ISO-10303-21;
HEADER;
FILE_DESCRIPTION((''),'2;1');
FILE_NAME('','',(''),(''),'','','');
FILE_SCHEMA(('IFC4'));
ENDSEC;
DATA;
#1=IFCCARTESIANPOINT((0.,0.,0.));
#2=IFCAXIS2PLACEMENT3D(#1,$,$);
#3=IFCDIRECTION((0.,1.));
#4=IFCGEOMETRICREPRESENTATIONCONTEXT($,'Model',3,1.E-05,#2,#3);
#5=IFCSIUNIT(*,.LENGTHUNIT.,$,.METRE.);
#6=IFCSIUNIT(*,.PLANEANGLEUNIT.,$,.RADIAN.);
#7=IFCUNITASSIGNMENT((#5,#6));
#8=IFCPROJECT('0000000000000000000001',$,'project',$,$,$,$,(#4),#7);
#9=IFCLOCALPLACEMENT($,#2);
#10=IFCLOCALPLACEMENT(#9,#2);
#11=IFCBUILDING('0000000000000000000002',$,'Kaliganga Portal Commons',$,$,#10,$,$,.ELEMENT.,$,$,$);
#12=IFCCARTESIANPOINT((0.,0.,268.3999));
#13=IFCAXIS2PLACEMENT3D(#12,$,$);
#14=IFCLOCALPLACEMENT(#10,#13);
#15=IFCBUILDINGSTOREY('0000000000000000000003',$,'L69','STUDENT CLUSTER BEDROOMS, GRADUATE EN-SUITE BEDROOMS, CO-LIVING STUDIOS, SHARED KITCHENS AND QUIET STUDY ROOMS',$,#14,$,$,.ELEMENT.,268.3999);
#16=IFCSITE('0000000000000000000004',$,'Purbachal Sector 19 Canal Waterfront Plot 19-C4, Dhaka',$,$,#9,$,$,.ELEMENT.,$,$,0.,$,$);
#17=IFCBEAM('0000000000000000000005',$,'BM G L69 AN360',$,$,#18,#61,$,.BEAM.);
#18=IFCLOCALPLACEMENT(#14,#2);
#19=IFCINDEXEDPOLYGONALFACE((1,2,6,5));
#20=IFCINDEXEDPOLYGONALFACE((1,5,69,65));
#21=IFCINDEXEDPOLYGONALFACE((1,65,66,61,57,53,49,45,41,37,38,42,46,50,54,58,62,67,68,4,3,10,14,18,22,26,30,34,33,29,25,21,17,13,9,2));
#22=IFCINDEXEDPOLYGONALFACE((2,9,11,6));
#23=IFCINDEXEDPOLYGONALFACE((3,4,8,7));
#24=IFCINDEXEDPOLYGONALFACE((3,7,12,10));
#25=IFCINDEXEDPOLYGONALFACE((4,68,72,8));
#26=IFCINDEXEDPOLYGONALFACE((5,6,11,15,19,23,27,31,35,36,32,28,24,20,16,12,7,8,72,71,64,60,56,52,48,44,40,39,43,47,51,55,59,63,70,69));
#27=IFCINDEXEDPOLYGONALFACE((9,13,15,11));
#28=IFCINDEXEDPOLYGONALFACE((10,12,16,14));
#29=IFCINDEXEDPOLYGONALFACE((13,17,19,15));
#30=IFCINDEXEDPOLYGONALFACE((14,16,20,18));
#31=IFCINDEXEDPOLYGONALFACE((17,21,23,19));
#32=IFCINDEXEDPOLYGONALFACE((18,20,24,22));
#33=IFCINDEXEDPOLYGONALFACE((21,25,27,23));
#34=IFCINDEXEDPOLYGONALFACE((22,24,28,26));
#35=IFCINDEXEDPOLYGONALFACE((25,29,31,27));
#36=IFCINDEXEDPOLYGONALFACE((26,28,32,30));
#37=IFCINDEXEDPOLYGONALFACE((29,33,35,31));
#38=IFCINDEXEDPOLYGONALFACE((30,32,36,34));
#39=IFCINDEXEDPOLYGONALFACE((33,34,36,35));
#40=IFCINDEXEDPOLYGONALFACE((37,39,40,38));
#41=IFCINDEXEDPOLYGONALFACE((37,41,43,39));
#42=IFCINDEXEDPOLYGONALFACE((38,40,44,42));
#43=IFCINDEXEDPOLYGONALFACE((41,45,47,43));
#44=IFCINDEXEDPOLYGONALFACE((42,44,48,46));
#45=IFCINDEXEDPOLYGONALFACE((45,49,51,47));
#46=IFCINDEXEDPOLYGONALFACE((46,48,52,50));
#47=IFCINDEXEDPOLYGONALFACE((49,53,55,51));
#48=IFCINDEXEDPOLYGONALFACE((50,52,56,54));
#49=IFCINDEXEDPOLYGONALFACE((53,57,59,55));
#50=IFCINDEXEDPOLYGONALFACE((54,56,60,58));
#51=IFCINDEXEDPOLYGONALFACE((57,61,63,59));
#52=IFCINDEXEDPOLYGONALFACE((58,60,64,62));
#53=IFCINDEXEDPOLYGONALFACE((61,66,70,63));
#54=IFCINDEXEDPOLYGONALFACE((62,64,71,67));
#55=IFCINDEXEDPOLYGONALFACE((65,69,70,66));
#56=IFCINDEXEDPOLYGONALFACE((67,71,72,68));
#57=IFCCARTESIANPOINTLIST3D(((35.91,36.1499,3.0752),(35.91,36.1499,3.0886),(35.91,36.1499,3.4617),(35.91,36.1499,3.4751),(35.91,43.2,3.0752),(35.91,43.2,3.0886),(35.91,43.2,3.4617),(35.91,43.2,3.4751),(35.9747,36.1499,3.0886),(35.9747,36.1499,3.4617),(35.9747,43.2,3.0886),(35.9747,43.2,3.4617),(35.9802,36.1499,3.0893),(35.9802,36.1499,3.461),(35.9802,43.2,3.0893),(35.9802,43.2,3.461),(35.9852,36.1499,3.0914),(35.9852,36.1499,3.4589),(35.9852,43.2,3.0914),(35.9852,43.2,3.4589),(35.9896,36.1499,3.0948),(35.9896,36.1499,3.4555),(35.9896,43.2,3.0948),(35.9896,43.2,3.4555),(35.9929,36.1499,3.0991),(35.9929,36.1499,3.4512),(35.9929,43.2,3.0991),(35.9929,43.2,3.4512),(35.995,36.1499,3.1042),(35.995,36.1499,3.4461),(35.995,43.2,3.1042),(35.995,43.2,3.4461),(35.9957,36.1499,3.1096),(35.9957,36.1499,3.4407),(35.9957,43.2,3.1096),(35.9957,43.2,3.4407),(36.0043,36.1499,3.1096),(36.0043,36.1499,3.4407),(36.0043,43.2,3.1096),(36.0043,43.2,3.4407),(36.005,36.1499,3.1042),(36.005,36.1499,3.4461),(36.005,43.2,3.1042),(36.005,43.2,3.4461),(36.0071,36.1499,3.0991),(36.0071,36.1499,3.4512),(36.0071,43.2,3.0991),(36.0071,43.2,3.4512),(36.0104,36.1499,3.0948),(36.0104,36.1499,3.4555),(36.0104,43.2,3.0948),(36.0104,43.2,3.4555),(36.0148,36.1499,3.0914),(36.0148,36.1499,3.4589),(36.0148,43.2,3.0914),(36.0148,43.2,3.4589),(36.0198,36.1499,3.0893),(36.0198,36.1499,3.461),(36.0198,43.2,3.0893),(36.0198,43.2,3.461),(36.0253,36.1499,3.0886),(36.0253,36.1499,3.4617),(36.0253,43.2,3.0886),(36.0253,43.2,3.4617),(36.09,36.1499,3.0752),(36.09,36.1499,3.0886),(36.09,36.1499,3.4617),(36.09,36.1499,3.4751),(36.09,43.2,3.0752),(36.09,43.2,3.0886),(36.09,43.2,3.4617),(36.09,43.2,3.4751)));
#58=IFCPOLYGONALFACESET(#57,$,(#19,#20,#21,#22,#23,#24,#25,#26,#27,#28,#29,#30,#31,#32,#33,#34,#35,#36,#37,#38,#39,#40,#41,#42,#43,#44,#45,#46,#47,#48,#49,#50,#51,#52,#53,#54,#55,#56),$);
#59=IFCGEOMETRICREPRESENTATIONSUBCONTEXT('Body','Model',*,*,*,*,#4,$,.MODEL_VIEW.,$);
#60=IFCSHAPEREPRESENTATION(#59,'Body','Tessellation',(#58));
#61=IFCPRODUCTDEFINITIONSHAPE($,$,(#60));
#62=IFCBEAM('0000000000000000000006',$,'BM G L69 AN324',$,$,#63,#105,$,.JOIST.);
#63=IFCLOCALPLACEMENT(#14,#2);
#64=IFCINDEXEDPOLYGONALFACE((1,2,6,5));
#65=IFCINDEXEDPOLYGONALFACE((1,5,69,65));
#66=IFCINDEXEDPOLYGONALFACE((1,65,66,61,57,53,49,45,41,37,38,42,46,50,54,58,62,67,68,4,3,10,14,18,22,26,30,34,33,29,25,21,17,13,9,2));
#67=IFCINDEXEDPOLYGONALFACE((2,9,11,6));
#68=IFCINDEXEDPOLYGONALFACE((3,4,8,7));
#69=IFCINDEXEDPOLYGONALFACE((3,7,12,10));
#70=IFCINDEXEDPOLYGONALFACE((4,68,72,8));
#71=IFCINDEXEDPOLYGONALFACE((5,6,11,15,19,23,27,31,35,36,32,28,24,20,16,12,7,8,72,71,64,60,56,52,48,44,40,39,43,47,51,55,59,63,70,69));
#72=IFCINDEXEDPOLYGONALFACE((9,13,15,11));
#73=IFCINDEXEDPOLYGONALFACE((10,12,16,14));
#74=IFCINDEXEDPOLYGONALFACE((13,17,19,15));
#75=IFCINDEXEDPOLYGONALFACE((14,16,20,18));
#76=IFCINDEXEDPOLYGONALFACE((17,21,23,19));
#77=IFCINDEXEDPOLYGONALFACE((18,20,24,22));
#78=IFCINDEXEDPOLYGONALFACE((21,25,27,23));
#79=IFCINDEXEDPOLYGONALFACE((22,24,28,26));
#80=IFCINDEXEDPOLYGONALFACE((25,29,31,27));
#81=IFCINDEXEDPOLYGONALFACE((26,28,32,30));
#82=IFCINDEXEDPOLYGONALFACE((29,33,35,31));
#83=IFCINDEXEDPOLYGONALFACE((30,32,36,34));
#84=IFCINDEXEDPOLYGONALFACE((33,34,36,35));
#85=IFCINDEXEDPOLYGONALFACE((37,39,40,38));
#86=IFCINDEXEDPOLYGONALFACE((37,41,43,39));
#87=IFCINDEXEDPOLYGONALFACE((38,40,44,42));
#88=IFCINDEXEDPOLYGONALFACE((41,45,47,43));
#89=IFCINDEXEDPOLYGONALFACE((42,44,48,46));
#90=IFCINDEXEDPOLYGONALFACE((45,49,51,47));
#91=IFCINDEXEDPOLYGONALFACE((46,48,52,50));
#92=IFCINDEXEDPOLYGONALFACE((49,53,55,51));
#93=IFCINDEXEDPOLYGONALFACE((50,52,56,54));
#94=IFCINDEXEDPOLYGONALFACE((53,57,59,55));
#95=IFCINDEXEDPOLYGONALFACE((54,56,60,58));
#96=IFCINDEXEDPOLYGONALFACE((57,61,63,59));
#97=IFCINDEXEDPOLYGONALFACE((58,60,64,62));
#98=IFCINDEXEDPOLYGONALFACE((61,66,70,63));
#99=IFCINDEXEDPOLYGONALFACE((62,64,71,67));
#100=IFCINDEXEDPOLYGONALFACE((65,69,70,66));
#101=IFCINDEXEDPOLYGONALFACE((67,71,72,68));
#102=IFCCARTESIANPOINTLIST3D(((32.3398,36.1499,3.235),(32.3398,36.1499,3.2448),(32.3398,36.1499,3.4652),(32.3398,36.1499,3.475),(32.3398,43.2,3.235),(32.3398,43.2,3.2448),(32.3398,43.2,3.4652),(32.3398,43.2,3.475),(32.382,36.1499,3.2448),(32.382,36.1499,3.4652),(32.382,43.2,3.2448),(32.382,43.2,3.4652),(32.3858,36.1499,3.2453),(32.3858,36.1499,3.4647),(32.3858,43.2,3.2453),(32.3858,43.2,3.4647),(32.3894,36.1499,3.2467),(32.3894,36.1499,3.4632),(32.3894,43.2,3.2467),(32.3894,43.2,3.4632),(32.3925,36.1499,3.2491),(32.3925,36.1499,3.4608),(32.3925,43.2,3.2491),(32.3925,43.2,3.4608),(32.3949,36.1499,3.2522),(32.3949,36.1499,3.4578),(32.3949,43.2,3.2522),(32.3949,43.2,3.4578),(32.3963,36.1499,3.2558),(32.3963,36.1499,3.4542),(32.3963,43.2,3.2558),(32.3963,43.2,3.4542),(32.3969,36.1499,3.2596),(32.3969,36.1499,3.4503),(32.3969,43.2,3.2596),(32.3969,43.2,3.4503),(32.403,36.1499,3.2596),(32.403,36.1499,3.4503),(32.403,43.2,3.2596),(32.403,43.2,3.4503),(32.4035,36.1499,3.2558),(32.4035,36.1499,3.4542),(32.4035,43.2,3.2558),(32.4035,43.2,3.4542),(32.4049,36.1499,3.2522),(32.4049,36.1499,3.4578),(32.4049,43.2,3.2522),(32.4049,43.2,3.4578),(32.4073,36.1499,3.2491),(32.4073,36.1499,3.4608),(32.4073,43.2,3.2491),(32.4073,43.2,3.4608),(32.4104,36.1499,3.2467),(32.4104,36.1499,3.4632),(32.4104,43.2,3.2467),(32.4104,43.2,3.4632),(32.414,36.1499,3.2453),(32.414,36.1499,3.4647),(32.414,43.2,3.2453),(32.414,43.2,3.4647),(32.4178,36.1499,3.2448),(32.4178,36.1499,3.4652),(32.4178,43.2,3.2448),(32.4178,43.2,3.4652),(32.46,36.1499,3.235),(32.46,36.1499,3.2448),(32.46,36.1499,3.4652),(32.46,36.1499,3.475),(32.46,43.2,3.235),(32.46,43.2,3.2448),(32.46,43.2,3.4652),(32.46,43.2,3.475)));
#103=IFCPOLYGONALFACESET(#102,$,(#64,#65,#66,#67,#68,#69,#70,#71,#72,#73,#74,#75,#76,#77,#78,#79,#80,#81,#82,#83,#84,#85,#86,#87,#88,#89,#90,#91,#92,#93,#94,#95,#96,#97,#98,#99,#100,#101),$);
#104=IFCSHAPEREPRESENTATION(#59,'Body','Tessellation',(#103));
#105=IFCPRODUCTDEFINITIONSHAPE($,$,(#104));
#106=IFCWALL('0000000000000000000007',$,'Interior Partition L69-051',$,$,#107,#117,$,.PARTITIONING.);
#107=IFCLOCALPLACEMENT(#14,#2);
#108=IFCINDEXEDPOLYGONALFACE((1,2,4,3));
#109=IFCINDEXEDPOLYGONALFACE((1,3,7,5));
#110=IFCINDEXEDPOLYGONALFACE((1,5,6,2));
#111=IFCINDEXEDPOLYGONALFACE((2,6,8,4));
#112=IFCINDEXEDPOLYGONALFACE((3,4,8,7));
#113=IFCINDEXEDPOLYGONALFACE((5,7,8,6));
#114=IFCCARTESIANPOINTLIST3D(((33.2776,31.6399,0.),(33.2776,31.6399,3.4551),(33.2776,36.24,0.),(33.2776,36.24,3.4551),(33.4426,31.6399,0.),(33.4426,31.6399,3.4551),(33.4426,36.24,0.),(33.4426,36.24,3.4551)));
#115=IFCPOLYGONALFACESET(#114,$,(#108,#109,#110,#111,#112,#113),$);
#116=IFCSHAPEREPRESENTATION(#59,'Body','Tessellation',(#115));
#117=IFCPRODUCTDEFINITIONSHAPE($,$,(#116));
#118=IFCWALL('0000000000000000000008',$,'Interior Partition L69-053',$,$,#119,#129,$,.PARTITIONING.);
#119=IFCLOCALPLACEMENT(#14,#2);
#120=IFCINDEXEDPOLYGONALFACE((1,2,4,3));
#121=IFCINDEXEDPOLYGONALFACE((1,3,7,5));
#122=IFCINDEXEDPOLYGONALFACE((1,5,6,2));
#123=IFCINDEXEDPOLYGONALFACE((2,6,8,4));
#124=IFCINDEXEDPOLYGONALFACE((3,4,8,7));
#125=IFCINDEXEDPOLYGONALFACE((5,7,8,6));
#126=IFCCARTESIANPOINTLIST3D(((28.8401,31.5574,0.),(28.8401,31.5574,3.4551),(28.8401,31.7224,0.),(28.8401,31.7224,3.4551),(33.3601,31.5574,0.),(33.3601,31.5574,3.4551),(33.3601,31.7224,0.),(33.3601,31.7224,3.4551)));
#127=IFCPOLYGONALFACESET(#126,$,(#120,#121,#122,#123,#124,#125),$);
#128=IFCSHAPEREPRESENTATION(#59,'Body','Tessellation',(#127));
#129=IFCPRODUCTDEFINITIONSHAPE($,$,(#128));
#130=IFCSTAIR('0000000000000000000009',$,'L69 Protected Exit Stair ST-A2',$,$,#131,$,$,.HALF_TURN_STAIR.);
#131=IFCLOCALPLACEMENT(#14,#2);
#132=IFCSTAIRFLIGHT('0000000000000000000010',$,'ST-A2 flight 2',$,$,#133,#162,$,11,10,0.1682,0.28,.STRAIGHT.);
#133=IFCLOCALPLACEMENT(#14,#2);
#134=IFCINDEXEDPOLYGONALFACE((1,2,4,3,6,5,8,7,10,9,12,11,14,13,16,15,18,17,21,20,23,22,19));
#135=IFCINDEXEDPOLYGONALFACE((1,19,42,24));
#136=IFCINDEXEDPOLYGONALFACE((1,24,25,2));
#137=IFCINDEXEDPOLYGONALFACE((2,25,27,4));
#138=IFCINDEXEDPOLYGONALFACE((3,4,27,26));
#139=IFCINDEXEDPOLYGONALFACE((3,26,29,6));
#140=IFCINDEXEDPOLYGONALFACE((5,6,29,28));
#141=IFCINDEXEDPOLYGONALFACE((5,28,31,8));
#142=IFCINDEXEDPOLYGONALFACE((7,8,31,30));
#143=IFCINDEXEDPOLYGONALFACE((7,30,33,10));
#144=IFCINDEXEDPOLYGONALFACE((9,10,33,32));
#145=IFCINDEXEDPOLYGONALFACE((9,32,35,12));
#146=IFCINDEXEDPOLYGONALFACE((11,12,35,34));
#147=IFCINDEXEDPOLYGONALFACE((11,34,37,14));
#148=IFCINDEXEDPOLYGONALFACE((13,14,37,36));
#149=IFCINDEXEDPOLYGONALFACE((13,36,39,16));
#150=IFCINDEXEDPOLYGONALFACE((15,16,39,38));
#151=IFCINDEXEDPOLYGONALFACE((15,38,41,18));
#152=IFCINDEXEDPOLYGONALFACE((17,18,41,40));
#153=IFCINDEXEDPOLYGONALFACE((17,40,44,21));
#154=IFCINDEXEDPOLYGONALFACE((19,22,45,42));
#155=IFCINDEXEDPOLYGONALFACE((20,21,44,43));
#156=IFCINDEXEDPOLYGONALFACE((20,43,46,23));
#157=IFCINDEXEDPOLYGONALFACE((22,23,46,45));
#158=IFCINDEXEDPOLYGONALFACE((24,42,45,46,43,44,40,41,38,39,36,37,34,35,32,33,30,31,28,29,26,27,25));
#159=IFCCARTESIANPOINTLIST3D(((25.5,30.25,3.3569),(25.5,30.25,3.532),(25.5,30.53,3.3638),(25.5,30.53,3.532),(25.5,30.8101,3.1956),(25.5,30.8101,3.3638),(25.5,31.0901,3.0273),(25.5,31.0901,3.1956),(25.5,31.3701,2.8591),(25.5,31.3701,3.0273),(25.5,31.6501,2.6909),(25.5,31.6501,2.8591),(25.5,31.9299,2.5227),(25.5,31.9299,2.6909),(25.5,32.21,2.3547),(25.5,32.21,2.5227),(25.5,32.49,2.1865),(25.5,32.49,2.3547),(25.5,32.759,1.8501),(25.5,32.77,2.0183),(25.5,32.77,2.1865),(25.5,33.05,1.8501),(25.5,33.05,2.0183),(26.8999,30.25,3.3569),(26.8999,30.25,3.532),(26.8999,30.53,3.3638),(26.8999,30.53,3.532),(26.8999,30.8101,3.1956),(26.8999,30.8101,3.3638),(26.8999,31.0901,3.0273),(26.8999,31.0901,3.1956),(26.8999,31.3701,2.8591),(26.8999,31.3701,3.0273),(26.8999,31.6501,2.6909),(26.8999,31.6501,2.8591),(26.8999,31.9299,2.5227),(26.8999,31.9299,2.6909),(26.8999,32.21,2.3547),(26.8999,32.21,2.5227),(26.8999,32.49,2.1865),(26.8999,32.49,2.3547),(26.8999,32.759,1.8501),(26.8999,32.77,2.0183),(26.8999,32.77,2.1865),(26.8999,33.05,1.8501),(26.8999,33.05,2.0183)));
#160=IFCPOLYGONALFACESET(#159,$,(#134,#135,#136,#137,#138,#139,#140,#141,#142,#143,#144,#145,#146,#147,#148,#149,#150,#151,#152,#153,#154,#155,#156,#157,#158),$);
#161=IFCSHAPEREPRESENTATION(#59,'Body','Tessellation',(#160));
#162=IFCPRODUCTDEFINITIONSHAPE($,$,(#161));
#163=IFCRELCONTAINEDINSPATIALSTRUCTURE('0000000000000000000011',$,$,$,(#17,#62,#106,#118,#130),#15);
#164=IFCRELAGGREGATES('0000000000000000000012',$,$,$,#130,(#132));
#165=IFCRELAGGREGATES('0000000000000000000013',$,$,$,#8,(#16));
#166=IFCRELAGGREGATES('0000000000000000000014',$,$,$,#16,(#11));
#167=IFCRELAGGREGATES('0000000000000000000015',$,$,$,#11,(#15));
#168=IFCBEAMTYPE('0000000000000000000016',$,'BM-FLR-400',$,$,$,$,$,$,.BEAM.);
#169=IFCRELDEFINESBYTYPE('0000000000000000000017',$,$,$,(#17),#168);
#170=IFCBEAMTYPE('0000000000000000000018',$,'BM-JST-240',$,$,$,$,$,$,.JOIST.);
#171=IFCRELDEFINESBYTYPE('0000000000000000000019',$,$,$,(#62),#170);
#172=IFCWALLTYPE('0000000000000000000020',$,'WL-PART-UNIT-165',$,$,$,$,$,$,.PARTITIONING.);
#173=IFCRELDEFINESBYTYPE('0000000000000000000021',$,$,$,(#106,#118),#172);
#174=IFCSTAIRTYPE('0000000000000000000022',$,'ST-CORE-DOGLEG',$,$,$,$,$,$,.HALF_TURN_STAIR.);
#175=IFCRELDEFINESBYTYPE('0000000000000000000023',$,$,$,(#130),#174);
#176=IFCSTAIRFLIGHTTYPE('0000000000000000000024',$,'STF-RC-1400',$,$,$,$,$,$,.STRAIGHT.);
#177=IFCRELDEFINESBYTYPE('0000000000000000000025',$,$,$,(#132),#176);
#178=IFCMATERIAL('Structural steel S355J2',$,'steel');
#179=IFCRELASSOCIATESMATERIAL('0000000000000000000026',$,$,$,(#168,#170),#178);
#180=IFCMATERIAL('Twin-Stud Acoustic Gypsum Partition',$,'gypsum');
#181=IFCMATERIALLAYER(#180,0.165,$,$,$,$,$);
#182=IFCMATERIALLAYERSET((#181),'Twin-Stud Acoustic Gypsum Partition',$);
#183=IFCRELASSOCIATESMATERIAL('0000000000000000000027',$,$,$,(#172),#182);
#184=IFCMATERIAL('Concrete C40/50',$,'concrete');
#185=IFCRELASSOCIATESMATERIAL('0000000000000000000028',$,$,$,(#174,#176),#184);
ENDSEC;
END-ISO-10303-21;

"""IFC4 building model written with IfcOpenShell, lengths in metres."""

from ifc_helpers import new_model, si_unit, direction, frame, frame_2d, origin, origin_2d, place, context, subcontext, project, spatial, polyline, rectangle, i_section, outline, extrude, source, transform, mapped, material, layer, layer_set, material_profile, profile_set, type_object, element, aggregate, save


model = new_model("IFC4")

# Units and contexts
model_context = context("Model", 3, precision=1e-05, world=origin(), true_north=direction((0.0, 1.0)))
body_context = subcontext(model_context, "Body", "Model", "MODEL_VIEW")
ifc_project = project(units=[si_unit("LENGTHUNIT", "METRE"), si_unit("PLANEANGLEUNIT", "RADIAN")], contexts=[model_context])

# Site, building, storey
site_placement = place(None, origin())
site = spatial("IfcSite", under=ifc_project, at=site_placement, Name="Purbachal Sector 19 Canal Waterfront Plot 19-C4, Dhaka", CompositionType="ELEMENT", RefElevation=0.0)
building_placement = place(site_placement, origin())
building = spatial("IfcBuilding", under=site, at=building_placement, Name="Kaliganga Portal Commons", CompositionType="ELEMENT")
storey_placement = place(building_placement, frame((0.0, 0.0, 268.3999)))
storey = spatial("IfcBuildingStorey", under=building, at=storey_placement, Name="L69", Description="STUDENT CLUSTER BEDROOMS, GRADUATE EN-SUITE BEDROOMS, CO-LIVING STUDIOS, SHARED KITCHENS AND QUIET STUDY ROOMS", CompositionType="ELEMENT", Elevation=268.3999)

# Beams
ifc_material_1 = material(Name="Structural steel S355J2", Category="steel")
ifc_material_profile_1 = material_profile(ifc_material_1, i_section(OverallWidth=0.1799, OverallDepth=0.3999, WebThickness=0.0085, FlangeThickness=0.0134, FilletRadius=0.021, at=origin_2d()), Name="IPE 400")
ifc_profile_set_1 = profile_set([ifc_material_profile_1], Name="Structural steel S355J2 wide-flange")
beam_type_1 = type_object("IfcBeamType", Name="BM-FLR-400", PredefinedType="BEAM", material=ifc_profile_set_1)
shared_shape_1 = source(origin(), body_context, "Body", "SweptSolid", [
    extrude(i_section(OverallWidth=0.1799, OverallDepth=0.3999, WebThickness=0.0085, FlangeThickness=0.0134, FilletRadius=0.021, at=origin_2d()), origin(), (0.0, 0.0, 1.0), 7.05),
])
for number, where, z_axis, x_axis, name in (
    (1, (36.0, 36.1499, 3.2751), (0.0, 1.0, 0.0), (-1.0, 0.0, 0.0), "BM G L69 AN360"),
):
    element("IfcBeam", number, at=place(storey_placement, frame(where, z_axis=z_axis, x_axis=x_axis)), inside=storey, type_object=beam_type_1, Name=name, PredefinedType="BEAM", context=body_context, shape_type="MappedRepresentation", body=[
        mapped(shared_shape_1, transform((0.0, 0.0, 0.0), x_axis=(1.0, 0.0, 0.0), y_axis=(0.0, 1.0, 0.0), z_axis=(0.0, 0.0, 1.0), scale=1.0)),
    ])
ifc_material_profile_2 = material_profile(ifc_material_1, i_section(OverallWidth=0.1201, OverallDepth=0.24, WebThickness=0.0061, FlangeThickness=0.0098, FilletRadius=0.0149, at=origin_2d()), Name="IPE 240")
ifc_profile_set_2 = profile_set([ifc_material_profile_2], Name="Structural steel S355J2 wide-flange")
beam_type_2 = type_object("IfcBeamType", Name="BM-JST-240", PredefinedType="JOIST", material=ifc_profile_set_2)
shared_shape_2 = source(origin(), body_context, "Body", "SweptSolid", [
    extrude(i_section(OverallWidth=0.1201, OverallDepth=0.24, WebThickness=0.0061, FlangeThickness=0.0098, FilletRadius=0.0149, at=origin_2d()), origin(), (0.0, 0.0, 1.0), 7.05),
])
beam_1_placement = place(storey_placement, frame((32.3999, 36.1499, 3.355), z_axis=(0.0, 1.0, 0.0), x_axis=(-1.0, 0.0, 0.0)))
element("IfcBeam", 2, at=beam_1_placement, inside=storey, type_object=beam_type_2, Name="BM G L69 AN324", PredefinedType="JOIST", context=body_context, shape_type="MappedRepresentation", body=[
    mapped(shared_shape_2, transform((0.0, 0.0, 0.0), x_axis=(1.0, 0.0, 0.0), y_axis=(0.0, 1.0, 0.0), z_axis=(0.0, 0.0, 1.0), scale=1.0)),
])

# Walls
ifc_material_2 = material(Name="Twin-Stud Acoustic Gypsum Partition", Category="gypsum")
ifc_layer_1 = layer(ifc_material_2, 0.165)
ifc_layer_set_1 = layer_set([ifc_layer_1], Name="Twin-Stud Acoustic Gypsum Partition")
wall_type_1 = type_object("IfcWallType", Name="WL-PART-UNIT-165", PredefinedType="PARTITIONING", material=ifc_layer_set_1)
wall_1_placement = place(storey_placement, frame((33.3601, 31.6399, 0.0), z_axis=(0.0, 0.0, 1.0), x_axis=(0.0, 1.0, 0.0)))
element("IfcWall", 3, at=wall_1_placement, inside=storey, type_object=wall_type_1, Name="Interior Partition L69-051", PredefinedType="PARTITIONING", context=body_context, shape_type="SweptSolid", body=[
    extrude(rectangle(XDim=4.6001, YDim=0.165, at=frame_2d((2.3, 0.0))), origin(), (0.0, 0.0, 1.0), 3.4551),
])
wall_2_placement = place(storey_placement, frame((28.8401, 31.6399, 0.0), z_axis=(0.0, 0.0, 1.0), x_axis=(1.0, 0.0, 0.0)))
element("IfcWall", 4, at=wall_2_placement, inside=storey, type_object=wall_type_1, Name="Interior Partition L69-053", PredefinedType="PARTITIONING", context=body_context, shape_type="SweptSolid", body=[
    extrude(rectangle(XDim=4.52, YDim=0.165, at=frame_2d((2.26, 0.0))), origin(), (0.0, 0.0, 1.0), 3.4551),
])

# Stair, stair flight
ifc_material_3 = material(Name="Concrete C40/50", Category="concrete")
stair_type = type_object("IfcStairType", Name="ST-CORE-DOGLEG", PredefinedType="HALF_TURN_STAIR", material=ifc_material_3)
stair_placement = place(storey_placement, origin())
stair = element("IfcStair", 5, at=stair_placement, inside=storey, type_object=stair_type, Name="L69 Protected Exit Stair ST-A2", PredefinedType="HALF_TURN_STAIR")
stair_flight_type = type_object("IfcStairFlightType", Name="STF-RC-1400", PredefinedType="STRAIGHT", material=ifc_material_3)
stair_flight_placement = place(storey_placement, frame((26.2, 33.05, 1.8501), z_axis=(0.0, 0.0, 1.0), x_axis=(0.0, -1.0, 0.0)))
stair_flight = element("IfcStairFlight", 6, at=stair_flight_placement, type_object=stair_flight_type, Name="ST-A2 flight 2", NumberOfRisers=11, NumberOfTreads=10, PredefinedType="STRAIGHT", RiserHeight=0.1682, TreadLength=0.28, context=body_context, shape_type="SweptSolid", body=[
    extrude(outline(polyline([(0.0, 0.0), (0.0, 0.1682), (0.28, 0.1682), (0.28, 0.3364), (0.5601, 0.3364), (0.5601, 0.5046), (0.8401, 0.5046), (0.8401, 0.6726), (1.1201, 0.6726), (1.1201, 0.8408), (1.3999, 0.8408), (1.3999, 1.009), (1.6799, 1.009), (1.6799, 1.1772), (1.96, 1.1772), (1.96, 1.3455), (2.24, 1.3455), (2.24, 1.5137), (2.52, 1.5137), (2.52, 1.6819), (2.8, 1.6819), (2.8, 1.8501), (2.8, 1.5068), (0.291, 0.0), (0.0, 0.0)])), frame((0.0, 0.7, 0.0), z_axis=(0.0, -1.0, 0.0), x_axis=(1.0, 0.0, 0.0)), (0.0, 0.0, 1.0), 1.3999),
])
aggregate(stair, [stair_flight])

save(model, "model.ifc")
